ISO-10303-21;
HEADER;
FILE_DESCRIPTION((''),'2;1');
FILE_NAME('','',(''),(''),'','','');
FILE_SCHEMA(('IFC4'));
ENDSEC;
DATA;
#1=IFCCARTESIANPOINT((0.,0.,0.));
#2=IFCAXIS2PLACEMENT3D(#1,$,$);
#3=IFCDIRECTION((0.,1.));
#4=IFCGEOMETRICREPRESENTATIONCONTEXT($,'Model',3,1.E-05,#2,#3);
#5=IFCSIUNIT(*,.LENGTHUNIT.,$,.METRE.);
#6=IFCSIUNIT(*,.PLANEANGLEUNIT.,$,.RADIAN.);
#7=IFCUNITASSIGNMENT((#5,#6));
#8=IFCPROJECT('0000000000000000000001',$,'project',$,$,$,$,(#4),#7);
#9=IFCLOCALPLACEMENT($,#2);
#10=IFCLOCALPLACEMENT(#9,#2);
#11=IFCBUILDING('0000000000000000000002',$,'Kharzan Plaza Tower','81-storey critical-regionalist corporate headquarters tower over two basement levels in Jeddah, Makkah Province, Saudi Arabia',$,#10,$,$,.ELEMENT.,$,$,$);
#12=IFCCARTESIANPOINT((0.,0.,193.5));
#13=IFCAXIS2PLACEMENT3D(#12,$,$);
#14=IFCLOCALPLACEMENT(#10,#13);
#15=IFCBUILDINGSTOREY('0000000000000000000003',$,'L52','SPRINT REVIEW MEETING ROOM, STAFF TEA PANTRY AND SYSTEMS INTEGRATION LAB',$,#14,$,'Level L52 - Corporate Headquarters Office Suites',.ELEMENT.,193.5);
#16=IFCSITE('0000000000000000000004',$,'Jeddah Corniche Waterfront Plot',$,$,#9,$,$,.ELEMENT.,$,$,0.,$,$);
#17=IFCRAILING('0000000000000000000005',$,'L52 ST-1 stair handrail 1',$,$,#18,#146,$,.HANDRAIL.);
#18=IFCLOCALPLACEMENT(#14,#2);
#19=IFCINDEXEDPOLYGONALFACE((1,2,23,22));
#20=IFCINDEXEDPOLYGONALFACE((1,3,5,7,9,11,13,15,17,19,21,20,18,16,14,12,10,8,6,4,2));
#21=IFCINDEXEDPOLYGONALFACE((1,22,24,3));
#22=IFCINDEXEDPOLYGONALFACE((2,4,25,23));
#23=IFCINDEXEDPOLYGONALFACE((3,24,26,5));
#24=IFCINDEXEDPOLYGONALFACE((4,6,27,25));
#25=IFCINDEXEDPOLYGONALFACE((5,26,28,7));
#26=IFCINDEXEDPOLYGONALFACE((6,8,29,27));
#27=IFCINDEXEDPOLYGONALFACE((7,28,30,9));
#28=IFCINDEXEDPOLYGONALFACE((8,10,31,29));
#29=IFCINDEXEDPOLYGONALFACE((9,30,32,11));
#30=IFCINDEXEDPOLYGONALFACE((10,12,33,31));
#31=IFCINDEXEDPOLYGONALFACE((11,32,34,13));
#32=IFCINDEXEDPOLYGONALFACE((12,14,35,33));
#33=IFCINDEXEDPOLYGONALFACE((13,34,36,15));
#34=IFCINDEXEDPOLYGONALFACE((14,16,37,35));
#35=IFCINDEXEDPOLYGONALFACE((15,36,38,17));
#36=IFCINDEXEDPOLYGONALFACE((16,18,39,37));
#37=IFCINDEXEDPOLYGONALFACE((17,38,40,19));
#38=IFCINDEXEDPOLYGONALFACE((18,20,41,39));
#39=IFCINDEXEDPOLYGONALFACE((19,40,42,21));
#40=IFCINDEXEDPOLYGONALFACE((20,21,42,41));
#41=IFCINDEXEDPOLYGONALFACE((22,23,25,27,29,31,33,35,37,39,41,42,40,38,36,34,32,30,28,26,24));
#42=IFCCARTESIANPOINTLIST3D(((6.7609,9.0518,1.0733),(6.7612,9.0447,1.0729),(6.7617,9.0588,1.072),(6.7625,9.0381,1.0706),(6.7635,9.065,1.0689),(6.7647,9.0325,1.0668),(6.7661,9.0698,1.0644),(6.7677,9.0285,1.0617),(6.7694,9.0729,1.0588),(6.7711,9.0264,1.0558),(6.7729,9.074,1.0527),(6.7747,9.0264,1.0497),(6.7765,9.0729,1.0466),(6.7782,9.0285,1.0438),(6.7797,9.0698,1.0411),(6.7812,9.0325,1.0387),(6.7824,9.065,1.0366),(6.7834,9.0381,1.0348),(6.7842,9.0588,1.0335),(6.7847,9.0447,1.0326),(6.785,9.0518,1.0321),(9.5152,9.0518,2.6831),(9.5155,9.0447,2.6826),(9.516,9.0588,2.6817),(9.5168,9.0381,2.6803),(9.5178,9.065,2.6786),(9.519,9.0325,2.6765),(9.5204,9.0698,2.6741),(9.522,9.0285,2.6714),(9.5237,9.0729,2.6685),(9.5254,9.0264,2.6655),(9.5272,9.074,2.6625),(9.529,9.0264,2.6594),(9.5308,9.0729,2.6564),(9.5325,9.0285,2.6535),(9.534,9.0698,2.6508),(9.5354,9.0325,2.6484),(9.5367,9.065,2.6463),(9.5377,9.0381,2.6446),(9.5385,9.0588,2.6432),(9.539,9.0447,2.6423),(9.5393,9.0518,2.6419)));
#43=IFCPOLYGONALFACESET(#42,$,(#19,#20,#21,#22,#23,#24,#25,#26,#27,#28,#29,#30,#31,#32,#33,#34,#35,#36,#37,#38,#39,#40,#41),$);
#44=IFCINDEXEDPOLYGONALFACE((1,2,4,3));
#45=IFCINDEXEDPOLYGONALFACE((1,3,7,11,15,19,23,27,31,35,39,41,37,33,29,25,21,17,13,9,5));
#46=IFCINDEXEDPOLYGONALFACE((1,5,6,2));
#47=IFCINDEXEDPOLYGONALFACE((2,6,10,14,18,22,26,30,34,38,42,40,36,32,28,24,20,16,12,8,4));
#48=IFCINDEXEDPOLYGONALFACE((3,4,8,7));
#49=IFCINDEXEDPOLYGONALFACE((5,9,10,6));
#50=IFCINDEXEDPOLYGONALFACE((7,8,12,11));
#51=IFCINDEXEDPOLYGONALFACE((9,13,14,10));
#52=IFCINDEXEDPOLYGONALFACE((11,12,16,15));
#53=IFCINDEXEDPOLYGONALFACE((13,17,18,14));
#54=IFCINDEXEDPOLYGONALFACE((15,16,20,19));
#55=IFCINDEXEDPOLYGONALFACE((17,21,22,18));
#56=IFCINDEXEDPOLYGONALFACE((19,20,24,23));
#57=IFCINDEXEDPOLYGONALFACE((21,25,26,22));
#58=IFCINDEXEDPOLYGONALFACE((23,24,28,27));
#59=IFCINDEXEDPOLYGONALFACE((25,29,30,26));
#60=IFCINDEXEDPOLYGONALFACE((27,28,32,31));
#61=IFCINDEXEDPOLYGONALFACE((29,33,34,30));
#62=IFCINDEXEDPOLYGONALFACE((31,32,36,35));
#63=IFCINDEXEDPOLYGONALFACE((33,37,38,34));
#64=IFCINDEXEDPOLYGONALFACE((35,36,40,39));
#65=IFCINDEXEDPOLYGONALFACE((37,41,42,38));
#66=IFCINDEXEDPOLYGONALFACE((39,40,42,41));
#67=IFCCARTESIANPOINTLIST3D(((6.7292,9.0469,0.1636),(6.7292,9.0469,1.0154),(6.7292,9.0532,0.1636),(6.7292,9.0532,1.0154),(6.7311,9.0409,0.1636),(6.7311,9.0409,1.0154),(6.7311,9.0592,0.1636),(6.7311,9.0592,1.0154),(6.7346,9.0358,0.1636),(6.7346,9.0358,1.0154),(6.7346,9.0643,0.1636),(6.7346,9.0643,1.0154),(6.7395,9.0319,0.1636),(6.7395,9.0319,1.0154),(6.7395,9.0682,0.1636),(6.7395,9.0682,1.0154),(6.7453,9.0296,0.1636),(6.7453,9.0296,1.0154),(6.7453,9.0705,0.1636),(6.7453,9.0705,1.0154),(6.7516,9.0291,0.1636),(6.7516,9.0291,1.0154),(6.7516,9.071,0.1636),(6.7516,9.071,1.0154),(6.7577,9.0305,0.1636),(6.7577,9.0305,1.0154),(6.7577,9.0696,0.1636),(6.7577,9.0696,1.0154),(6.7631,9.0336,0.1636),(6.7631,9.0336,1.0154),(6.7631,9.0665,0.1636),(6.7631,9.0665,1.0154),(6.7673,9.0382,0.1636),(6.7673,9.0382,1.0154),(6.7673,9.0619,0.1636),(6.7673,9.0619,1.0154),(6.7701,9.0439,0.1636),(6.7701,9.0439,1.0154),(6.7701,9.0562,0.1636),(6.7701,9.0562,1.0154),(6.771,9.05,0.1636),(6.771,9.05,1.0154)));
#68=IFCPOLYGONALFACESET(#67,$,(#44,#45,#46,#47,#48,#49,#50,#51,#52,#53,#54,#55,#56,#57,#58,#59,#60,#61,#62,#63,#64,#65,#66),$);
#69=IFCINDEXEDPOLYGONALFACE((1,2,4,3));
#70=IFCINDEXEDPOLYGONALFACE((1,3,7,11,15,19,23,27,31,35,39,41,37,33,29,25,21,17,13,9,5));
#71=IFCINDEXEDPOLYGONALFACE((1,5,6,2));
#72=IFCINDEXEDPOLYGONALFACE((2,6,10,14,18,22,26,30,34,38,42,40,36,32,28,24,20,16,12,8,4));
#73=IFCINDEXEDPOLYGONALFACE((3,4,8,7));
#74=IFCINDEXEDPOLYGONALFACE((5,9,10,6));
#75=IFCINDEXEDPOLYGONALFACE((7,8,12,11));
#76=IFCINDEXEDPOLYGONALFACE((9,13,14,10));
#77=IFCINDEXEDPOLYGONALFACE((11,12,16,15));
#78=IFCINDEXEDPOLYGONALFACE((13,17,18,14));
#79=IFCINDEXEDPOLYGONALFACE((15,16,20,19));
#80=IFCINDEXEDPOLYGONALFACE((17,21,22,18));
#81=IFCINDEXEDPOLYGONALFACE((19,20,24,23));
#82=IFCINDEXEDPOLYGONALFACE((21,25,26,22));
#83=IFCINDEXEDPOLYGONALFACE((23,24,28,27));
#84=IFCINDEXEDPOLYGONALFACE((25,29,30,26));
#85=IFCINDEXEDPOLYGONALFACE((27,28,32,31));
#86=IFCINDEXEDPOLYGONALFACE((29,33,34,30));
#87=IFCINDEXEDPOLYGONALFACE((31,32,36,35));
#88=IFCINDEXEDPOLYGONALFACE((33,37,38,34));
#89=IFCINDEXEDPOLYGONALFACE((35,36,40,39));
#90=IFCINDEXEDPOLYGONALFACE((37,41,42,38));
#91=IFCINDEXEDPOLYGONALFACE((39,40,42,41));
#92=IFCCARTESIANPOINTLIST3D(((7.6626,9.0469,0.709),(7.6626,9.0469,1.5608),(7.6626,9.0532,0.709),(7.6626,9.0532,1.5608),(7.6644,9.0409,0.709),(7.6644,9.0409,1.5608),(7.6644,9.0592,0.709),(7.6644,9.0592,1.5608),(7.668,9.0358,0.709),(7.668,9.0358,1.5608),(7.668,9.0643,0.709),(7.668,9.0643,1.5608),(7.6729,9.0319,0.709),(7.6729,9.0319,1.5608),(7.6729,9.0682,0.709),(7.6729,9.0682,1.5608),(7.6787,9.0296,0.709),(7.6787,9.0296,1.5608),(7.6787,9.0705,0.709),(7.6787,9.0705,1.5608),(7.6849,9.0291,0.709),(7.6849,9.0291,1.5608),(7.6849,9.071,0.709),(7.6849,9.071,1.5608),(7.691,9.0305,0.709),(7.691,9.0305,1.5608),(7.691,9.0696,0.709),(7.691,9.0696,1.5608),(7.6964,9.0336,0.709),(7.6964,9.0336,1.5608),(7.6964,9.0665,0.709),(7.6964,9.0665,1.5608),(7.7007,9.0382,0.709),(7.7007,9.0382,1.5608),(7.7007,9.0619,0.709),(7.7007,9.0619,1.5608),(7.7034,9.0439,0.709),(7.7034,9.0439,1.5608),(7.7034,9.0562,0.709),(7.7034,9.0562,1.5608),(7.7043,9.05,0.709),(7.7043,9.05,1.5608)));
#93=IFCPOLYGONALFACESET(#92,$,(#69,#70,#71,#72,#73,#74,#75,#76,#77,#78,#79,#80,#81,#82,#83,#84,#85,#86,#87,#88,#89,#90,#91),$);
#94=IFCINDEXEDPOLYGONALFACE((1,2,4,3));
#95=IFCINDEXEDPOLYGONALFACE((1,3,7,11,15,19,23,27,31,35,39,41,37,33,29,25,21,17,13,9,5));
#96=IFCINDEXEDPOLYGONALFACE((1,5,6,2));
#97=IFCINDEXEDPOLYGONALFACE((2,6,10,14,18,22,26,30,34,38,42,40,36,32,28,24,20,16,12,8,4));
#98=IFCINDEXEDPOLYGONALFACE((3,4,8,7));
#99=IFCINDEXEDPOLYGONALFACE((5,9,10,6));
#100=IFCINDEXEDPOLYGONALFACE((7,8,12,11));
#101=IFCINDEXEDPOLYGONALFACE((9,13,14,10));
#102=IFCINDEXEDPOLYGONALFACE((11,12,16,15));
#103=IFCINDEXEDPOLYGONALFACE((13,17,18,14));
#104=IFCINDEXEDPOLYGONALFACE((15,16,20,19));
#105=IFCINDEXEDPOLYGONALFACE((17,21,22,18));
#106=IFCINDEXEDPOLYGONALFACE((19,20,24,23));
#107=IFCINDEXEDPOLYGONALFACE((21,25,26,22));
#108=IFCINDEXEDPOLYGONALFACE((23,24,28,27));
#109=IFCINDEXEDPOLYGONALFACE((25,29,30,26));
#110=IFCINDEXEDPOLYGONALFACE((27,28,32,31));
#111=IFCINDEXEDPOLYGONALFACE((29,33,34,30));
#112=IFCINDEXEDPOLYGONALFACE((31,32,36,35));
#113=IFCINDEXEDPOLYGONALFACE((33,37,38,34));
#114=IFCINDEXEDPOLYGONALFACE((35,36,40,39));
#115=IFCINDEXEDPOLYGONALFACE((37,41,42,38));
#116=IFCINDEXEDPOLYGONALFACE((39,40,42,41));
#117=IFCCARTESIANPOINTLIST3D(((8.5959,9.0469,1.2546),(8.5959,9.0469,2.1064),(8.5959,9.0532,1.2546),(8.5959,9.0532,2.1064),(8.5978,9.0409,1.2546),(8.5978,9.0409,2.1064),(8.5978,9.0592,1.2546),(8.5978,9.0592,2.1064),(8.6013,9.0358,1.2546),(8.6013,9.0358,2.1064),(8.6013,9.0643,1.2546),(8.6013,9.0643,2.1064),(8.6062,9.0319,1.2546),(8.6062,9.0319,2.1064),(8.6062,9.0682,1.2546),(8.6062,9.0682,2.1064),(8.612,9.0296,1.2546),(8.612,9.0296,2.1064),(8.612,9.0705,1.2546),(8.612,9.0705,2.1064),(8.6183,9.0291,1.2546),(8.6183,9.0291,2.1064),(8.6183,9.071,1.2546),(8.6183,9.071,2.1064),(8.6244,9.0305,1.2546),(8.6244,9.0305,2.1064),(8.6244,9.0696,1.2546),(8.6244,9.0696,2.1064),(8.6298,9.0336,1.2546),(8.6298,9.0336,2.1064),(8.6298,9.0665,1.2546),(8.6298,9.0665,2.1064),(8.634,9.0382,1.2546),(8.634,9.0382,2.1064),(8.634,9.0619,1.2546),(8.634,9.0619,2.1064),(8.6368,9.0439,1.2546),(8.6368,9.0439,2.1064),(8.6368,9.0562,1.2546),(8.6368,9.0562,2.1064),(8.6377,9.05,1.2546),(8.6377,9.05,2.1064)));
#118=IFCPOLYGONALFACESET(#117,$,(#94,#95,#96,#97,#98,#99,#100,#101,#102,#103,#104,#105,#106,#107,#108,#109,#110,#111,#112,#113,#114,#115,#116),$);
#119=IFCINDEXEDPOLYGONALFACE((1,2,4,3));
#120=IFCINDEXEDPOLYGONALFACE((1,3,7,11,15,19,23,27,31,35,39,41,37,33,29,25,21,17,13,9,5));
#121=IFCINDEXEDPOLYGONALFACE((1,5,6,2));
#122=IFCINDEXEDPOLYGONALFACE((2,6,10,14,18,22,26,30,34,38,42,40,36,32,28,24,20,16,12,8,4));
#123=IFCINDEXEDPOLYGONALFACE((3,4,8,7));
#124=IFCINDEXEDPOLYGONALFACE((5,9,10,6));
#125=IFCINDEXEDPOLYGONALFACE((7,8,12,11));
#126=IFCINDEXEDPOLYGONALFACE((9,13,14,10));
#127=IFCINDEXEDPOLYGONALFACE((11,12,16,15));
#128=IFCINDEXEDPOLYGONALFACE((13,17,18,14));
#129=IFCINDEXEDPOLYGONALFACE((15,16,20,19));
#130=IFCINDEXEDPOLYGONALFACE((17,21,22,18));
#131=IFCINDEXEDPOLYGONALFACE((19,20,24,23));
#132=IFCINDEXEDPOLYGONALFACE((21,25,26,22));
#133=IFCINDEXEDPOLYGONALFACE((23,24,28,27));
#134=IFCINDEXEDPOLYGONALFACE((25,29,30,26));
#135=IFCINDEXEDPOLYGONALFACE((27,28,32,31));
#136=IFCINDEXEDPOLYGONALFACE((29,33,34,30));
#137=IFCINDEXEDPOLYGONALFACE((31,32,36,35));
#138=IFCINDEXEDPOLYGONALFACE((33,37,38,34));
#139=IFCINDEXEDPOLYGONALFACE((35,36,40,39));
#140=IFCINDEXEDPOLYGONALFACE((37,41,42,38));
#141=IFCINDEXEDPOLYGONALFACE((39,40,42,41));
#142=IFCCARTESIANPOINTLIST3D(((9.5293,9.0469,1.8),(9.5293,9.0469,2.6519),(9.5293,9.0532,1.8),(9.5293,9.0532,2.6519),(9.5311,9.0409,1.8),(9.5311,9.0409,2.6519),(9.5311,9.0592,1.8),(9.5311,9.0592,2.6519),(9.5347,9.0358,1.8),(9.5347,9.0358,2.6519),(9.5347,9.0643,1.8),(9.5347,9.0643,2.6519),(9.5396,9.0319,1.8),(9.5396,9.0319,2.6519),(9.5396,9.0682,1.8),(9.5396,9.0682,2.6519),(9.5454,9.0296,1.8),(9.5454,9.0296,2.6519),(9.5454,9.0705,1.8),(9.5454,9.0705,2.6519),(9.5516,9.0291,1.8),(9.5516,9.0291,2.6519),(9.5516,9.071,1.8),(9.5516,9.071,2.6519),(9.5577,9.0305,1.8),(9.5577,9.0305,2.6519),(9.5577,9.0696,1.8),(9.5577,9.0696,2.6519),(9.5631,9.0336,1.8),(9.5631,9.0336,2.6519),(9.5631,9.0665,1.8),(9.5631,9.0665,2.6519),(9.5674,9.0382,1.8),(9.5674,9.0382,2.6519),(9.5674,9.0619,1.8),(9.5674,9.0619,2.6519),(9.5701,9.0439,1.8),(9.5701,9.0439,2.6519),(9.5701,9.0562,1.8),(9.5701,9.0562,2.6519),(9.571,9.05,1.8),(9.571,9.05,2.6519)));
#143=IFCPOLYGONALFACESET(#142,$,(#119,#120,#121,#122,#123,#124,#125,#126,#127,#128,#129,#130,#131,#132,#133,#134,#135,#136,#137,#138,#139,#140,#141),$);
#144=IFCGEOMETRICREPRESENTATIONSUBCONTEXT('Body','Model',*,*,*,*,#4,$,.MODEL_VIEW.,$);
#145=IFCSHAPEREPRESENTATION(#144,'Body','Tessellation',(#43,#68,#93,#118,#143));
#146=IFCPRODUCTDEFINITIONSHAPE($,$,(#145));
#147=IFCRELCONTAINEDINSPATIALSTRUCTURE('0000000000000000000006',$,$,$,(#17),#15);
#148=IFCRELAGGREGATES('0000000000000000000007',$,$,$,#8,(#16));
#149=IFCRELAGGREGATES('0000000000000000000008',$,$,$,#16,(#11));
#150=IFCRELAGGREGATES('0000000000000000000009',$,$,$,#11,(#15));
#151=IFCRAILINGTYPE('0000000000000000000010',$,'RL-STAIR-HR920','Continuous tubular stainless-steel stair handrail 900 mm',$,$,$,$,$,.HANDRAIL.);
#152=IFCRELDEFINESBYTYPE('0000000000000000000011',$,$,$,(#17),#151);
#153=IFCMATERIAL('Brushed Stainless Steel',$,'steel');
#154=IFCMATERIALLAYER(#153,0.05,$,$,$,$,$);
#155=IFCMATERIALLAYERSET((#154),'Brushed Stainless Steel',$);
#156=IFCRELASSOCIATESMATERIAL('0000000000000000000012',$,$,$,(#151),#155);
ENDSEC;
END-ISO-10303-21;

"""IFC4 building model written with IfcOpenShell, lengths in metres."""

from ifc_helpers import new_model, si_unit, direction, frame, origin, origin_2d, place, context, subcontext, project, spatial, circle, extrude, source, transform, mapped, material, layer, layer_set, type_object, element, save


model = new_model("IFC4")

# Units and contexts
model_context = context("Model", 3, precision=1e-05, world=origin(), true_north=direction((0.0, 1.0)))
body_context = subcontext(model_context, "Body", "Model", "MODEL_VIEW")
ifc_project = project(units=[si_unit("LENGTHUNIT", "METRE"), si_unit("PLANEANGLEUNIT", "RADIAN")], contexts=[model_context])

# Site, building, storey
site_placement = place(None, origin())
site = spatial("IfcSite", under=ifc_project, at=site_placement, Name="Jeddah Corniche Waterfront Plot", CompositionType="ELEMENT", RefElevation=0.0)
building_placement = place(site_placement, origin())
building = spatial("IfcBuilding", under=site, at=building_placement, Name="Kharzan Plaza Tower", Description="81-storey critical-regionalist corporate headquarters tower over two basement levels in Jeddah, Makkah Province, Saudi Arabia", CompositionType="ELEMENT")
storey_placement = place(building_placement, frame((0.0, 0.0, 193.5)))
storey = spatial("IfcBuildingStorey", under=building, at=storey_placement, Name="L52", Description="SPRINT REVIEW MEETING ROOM, STAFF TEA PANTRY AND SYSTEMS INTEGRATION LAB", LongName="Level L52 - Corporate Headquarters Office Suites", CompositionType="ELEMENT", Elevation=193.5)

# Railing
ifc_material_1 = material(Name="Brushed Stainless Steel", Category="steel")
ifc_layer_1 = layer(ifc_material_1, 0.05)
ifc_layer_set_1 = layer_set([ifc_layer_1], Name="Brushed Stainless Steel")
railing_type_1 = type_object("IfcRailingType", Name="RL-STAIR-HR920", Description="Continuous tubular stainless-steel stair handrail 900 mm", PredefinedType="HANDRAIL", material=ifc_layer_set_1)
shared_shape_1 = source(origin(), body_context, "Body", "SweptSolid", [
    extrude(circle(Radius=0.0239, at=origin_2d()), frame((0.0229, 0.0, 0.8892), z_axis=(0.863361, 0.0, 0.504587), x_axis=(0.0, 1.0, 0.0)), (0.0, 0.0, 1.0), 3.1902),
    extrude(circle(Radius=0.021, at=origin_2d()), origin(), (0.0, 0.0, 1.0), 0.8518),
    extrude(circle(Radius=0.021, at=origin_2d()), frame((0.9333, 0.0, 0.5454)), (0.0, 0.0, 1.0), 0.8518),
    extrude(circle(Radius=0.021, at=origin_2d()), frame((1.8667, 0.0, 1.0911)), (0.0, 0.0, 1.0), 0.8518),
    extrude(circle(Radius=0.021, at=origin_2d()), frame((2.8, 0.0, 1.6365)), (0.0, 0.0, 1.0), 0.8518),
])
railing_1_placement = place(storey_placement, frame((6.75, 9.05, 0.1636)))
element("IfcRailing", 1, at=railing_1_placement, inside=storey, type_object=railing_type_1, Name="L52 ST-1 stair handrail 1", PredefinedType="HANDRAIL", context=body_context, shape_type="MappedRepresentation", body=[
    mapped(shared_shape_1, transform((0.0, 0.0, 0.0), x_axis=(1.0, 0.0, 0.0), y_axis=(0.0, 1.0, 0.0), z_axis=(0.0, 0.0, 1.0))),
])

save(model, "model.ifc")
